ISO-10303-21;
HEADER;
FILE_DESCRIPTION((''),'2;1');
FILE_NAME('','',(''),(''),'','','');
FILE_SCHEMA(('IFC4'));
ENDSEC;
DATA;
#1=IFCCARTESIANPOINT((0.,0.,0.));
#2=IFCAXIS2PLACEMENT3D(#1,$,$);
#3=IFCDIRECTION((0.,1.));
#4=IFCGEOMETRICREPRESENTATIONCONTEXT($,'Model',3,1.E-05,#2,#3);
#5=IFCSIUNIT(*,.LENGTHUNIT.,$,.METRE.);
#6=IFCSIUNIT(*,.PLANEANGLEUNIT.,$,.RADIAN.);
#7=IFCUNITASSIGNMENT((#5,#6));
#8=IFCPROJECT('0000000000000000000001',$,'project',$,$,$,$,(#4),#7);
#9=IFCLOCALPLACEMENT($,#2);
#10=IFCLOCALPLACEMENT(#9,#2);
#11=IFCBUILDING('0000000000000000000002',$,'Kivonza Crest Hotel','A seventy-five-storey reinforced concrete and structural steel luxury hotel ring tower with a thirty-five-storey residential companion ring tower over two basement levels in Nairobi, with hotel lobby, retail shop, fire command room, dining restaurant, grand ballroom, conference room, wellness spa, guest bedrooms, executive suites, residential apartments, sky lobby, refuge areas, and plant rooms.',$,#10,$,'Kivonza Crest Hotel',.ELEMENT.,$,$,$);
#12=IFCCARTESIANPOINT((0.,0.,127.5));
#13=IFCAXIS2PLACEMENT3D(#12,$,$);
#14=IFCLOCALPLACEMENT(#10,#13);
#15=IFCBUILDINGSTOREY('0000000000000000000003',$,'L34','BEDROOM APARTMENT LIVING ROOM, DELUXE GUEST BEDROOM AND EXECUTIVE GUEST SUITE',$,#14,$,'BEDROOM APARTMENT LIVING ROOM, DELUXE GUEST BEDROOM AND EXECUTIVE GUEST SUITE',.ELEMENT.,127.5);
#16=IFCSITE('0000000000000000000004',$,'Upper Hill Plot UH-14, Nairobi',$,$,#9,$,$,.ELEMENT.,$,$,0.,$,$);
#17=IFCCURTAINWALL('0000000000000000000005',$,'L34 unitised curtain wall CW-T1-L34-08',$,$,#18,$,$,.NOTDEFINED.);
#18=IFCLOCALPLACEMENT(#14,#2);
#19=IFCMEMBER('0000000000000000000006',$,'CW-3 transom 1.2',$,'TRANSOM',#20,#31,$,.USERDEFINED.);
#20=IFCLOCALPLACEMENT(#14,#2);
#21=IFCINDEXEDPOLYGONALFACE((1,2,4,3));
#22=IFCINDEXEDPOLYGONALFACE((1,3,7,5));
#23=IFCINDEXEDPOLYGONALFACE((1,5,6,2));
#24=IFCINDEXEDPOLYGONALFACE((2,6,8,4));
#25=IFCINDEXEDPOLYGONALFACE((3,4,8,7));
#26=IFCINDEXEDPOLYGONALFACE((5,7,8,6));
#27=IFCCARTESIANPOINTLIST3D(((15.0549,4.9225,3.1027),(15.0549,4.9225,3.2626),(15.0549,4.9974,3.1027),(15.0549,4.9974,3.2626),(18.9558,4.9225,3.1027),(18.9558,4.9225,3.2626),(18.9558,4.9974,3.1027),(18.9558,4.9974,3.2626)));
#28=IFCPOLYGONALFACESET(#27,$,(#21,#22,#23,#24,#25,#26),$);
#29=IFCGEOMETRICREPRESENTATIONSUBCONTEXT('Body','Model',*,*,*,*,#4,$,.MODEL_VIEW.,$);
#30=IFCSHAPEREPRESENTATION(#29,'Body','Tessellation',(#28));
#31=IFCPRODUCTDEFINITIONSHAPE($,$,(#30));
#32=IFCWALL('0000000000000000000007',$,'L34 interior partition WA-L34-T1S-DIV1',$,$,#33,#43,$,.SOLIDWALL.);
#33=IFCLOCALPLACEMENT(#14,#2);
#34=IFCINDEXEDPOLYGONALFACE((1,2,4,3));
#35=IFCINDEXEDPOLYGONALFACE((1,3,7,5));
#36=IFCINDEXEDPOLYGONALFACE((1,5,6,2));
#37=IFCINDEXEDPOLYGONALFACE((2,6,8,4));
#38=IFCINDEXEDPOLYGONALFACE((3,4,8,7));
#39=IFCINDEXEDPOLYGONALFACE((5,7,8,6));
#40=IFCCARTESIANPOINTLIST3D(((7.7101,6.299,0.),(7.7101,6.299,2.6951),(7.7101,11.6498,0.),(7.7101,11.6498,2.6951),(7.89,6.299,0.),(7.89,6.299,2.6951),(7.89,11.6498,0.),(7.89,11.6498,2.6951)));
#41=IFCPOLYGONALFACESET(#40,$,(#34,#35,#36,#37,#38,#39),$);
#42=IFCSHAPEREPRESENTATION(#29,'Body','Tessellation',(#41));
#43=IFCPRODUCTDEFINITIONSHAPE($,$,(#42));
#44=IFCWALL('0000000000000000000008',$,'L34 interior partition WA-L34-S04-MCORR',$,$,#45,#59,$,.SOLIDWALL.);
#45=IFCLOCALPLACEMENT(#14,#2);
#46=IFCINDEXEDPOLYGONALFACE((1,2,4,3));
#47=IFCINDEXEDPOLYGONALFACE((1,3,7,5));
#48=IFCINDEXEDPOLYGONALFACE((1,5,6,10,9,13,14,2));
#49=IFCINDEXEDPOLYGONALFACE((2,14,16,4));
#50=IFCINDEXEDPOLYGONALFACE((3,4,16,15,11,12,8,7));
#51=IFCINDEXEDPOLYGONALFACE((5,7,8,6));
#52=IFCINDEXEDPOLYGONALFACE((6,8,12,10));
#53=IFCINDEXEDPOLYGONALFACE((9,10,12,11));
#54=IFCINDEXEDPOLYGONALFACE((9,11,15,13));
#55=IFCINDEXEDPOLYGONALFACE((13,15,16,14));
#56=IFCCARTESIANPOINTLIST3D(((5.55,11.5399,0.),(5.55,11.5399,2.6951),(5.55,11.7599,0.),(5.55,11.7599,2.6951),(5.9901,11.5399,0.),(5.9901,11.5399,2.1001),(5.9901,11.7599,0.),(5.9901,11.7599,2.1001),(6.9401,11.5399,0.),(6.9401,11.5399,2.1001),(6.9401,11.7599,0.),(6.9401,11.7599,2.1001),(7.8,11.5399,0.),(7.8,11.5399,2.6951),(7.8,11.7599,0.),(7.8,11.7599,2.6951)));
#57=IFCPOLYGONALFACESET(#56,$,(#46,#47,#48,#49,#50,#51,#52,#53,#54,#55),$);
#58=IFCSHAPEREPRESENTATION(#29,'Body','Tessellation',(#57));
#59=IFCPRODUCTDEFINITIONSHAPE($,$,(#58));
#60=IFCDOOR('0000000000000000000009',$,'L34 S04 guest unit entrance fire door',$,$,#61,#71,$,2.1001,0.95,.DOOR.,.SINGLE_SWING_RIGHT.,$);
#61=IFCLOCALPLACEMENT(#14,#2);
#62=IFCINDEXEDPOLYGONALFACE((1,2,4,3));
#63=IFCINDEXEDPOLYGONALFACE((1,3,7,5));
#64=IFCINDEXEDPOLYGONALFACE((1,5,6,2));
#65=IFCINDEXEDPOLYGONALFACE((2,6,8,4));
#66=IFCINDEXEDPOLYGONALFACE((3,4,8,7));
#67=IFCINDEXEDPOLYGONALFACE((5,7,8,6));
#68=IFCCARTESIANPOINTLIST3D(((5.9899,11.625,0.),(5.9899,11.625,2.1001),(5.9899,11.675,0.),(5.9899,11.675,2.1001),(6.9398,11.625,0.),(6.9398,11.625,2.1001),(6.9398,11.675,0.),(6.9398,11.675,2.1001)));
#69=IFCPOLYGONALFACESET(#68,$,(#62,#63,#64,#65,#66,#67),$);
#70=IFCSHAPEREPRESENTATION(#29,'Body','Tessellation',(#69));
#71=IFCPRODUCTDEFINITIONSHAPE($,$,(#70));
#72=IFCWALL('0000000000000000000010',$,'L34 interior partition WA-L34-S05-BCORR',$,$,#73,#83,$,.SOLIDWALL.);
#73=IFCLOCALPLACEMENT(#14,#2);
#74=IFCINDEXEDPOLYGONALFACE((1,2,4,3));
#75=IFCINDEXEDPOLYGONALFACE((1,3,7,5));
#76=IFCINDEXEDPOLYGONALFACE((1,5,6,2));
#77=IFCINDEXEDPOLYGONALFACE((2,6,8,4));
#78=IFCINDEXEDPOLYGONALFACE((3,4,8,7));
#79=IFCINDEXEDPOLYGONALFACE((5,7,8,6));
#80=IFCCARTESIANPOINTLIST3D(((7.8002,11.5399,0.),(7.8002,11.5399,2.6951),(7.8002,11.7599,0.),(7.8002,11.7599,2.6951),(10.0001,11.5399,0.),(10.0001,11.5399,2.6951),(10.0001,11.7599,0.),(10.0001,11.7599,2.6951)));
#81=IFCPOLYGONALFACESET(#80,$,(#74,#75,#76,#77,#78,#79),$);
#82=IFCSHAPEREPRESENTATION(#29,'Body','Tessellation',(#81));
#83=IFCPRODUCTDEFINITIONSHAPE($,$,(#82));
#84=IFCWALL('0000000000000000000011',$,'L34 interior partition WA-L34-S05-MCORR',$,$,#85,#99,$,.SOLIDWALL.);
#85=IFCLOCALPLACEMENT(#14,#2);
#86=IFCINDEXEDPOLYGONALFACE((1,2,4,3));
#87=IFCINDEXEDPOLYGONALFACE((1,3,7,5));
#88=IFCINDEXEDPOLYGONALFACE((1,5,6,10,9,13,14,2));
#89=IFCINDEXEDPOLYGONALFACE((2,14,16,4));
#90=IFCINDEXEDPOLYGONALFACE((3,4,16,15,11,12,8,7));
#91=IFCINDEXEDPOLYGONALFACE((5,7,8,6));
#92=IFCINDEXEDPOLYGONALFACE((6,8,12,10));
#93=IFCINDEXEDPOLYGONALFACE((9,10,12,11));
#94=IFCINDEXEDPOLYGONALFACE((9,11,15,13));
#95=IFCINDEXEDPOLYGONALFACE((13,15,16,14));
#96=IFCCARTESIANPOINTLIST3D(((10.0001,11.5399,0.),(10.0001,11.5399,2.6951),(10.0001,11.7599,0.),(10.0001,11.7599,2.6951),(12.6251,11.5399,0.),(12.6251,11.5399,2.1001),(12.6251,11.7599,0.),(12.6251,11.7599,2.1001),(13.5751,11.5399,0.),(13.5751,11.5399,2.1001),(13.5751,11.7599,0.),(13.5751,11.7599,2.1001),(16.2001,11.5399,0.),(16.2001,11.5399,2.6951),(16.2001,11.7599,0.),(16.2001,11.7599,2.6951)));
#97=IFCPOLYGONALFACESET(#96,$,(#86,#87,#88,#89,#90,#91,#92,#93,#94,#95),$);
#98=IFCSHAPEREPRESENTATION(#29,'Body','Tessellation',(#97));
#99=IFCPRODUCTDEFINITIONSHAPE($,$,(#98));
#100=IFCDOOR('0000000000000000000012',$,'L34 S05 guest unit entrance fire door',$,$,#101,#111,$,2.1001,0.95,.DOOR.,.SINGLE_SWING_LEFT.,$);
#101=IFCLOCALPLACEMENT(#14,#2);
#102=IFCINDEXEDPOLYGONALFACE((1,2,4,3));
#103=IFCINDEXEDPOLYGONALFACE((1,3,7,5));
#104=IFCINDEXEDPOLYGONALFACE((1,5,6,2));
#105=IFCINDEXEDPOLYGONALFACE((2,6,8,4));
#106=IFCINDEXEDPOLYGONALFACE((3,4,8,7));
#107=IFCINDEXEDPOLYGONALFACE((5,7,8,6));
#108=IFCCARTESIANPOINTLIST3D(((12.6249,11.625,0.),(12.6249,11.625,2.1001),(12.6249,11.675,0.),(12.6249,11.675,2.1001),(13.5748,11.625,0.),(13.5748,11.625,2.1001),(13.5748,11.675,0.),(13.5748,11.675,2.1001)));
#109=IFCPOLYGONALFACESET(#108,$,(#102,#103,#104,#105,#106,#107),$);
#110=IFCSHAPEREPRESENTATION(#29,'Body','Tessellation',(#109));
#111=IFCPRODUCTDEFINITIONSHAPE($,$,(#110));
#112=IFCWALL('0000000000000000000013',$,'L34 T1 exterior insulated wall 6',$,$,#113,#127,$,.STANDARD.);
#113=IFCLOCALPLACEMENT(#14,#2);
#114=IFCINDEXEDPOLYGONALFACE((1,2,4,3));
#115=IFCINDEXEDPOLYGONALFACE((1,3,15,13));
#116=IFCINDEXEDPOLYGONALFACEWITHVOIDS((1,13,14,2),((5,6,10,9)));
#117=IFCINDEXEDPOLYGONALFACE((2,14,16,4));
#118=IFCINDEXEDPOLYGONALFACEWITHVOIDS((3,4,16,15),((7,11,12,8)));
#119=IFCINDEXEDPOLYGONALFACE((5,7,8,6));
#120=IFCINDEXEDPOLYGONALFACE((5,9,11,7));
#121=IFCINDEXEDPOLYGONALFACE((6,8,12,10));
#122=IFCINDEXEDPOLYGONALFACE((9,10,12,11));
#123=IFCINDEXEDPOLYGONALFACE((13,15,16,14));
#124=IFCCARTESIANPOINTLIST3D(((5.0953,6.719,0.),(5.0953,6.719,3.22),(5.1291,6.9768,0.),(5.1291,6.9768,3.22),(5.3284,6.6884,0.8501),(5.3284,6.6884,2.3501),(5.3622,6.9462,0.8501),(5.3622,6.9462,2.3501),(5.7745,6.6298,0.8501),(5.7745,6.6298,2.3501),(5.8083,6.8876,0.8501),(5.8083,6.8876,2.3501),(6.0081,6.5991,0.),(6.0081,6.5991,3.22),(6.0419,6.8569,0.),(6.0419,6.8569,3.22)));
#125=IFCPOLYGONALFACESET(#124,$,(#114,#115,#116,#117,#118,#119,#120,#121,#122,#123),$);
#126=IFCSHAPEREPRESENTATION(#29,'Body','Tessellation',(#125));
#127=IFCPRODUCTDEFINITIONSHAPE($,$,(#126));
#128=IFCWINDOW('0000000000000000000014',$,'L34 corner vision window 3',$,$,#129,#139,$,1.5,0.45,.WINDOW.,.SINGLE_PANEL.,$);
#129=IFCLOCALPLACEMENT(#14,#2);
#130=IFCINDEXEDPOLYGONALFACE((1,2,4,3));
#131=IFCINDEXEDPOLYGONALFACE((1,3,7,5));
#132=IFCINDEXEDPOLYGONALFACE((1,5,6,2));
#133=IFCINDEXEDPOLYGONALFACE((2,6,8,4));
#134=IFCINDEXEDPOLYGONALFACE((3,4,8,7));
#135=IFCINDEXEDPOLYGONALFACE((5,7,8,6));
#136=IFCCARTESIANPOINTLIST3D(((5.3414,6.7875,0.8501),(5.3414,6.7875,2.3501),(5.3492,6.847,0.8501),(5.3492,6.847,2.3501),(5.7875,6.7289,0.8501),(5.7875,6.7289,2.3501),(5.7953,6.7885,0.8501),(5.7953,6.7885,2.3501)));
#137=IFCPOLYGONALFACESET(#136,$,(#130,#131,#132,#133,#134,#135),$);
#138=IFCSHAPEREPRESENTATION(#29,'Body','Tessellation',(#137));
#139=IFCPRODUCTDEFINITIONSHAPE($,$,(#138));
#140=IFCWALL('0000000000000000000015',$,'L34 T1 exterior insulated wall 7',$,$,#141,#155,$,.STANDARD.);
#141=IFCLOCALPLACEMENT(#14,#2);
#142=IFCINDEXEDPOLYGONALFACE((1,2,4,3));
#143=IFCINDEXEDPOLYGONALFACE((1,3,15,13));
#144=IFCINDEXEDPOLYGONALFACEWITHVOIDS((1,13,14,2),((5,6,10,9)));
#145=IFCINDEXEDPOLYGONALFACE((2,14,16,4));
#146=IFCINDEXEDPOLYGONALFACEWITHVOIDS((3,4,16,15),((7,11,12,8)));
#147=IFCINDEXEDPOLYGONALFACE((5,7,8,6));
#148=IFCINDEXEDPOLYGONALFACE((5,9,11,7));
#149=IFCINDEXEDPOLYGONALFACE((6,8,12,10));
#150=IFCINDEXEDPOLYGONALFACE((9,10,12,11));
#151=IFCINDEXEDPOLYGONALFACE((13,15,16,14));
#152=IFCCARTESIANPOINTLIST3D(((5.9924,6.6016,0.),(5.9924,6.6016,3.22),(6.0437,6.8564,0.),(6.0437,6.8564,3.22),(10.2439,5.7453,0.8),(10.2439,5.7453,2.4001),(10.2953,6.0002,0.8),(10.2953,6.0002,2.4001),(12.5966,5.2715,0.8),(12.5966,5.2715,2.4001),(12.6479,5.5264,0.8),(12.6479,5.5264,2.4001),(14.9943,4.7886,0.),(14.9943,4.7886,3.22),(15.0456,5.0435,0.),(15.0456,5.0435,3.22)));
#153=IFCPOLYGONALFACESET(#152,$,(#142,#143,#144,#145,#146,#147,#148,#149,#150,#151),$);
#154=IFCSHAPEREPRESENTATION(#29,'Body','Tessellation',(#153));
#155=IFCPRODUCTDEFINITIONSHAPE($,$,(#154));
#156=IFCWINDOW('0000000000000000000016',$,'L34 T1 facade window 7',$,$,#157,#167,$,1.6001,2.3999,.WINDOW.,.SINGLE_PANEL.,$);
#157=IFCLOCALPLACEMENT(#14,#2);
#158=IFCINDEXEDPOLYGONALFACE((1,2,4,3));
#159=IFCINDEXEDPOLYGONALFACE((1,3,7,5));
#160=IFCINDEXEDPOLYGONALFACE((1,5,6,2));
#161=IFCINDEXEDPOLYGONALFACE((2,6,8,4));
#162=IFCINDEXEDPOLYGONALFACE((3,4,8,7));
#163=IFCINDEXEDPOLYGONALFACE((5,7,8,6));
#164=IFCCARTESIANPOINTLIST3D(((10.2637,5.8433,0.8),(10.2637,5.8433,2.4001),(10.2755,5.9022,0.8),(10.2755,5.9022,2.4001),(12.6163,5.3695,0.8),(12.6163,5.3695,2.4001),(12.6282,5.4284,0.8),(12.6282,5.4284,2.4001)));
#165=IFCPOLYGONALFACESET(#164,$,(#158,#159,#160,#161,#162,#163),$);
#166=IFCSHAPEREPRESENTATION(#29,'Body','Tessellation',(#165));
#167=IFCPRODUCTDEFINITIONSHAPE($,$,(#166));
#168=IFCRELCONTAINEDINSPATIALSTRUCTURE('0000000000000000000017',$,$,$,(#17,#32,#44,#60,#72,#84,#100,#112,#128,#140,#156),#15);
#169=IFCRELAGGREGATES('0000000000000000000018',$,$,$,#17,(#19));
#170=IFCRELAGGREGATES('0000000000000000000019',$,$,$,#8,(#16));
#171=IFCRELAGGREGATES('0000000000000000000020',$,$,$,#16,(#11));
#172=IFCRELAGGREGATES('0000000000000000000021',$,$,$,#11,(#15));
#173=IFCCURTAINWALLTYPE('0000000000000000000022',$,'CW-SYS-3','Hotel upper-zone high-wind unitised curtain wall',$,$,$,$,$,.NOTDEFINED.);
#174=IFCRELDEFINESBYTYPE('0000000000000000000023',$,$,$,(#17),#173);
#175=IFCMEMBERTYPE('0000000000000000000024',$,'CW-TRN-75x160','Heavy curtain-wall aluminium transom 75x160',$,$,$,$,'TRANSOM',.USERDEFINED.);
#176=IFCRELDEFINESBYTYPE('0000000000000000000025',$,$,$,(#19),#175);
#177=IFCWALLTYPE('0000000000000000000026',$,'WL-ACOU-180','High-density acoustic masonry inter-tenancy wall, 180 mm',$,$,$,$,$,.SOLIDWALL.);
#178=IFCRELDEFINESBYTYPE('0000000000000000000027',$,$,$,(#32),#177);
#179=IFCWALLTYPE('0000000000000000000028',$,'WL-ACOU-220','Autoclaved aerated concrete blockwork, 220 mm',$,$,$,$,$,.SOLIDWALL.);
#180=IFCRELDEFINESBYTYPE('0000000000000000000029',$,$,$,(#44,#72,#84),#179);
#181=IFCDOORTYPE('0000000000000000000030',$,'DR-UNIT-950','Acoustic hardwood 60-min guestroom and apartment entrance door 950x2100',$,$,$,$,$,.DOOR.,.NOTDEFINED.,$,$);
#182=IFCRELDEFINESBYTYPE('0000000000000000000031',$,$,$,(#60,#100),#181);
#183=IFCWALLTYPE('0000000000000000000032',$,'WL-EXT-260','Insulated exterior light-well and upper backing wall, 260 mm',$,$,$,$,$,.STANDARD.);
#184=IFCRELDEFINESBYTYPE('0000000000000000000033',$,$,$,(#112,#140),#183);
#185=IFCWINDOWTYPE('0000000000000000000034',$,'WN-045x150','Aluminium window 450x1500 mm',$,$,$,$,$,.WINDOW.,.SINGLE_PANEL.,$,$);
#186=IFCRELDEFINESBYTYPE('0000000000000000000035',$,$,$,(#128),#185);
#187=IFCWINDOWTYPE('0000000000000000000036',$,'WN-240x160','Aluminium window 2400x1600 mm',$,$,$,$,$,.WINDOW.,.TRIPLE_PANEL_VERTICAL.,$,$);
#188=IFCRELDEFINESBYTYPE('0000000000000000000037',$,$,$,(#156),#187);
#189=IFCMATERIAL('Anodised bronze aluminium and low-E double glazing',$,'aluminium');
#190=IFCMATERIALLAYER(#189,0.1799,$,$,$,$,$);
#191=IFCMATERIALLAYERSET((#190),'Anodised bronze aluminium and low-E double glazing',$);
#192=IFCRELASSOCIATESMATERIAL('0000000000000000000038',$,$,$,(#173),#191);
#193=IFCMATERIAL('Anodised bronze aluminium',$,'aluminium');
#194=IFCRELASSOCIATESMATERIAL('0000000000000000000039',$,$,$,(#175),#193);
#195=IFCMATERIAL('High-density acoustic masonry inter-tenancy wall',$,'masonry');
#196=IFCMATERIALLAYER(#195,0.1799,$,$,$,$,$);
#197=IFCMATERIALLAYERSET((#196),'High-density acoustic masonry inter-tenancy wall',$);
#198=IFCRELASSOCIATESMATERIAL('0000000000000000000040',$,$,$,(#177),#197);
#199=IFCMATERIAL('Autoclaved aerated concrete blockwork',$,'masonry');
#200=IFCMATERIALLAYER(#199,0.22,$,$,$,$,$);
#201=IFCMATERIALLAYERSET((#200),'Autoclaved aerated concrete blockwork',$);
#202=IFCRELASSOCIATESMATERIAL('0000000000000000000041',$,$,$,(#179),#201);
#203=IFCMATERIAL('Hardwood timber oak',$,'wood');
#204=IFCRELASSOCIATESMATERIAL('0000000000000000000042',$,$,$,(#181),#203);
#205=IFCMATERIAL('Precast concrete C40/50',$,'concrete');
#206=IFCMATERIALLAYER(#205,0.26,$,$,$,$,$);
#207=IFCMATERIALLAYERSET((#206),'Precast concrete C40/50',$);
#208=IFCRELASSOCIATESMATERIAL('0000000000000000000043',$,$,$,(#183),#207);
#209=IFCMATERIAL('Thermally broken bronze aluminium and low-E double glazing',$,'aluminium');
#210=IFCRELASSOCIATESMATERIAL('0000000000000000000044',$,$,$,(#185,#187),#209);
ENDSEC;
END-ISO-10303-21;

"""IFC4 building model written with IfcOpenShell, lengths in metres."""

from ifc_helpers import new_model, si_unit, direction, frame, frame_2d, origin, origin_2d, place, context, subcontext, project, spatial, rectangle, extrude, material, layer, layer_set, material_profile, profile_set, type_object, element, fill, aggregate, save


model = new_model("IFC4")

# Units and contexts
model_context = context("Model", 3, precision=1e-05, world=origin(), true_north=direction((0.0, 1.0)))
body_context = subcontext(model_context, "Body", "Model", "MODEL_VIEW")
ifc_project = project(units=[si_unit("LENGTHUNIT", "METRE"), si_unit("PLANEANGLEUNIT", "RADIAN")], contexts=[model_context])

# Site, building, storey
site_placement = place(None, origin())
site = spatial("IfcSite", under=ifc_project, at=site_placement, Name="Upper Hill Plot UH-14, Nairobi", CompositionType="ELEMENT", RefElevation=0.0)
building_placement = place(site_placement, origin())
building = spatial("IfcBuilding", under=site, at=building_placement, Name="Kivonza Crest Hotel", Description="A seventy-five-storey reinforced concrete and structural steel luxury hotel ring tower with a thirty-five-storey residential companion ring tower over two basement levels in Nairobi, with hotel lobby, retail shop, fire command room, dining restaurant, grand ballroom, conference room, wellness spa, guest bedrooms, executive suites, residential apartments, sky lobby, refuge areas, and plant rooms.", LongName="Kivonza Crest Hotel", CompositionType="ELEMENT")
storey_placement = place(building_placement, frame((0.0, 0.0, 127.5)))
storey = spatial("IfcBuildingStorey", under=building, at=storey_placement, Name="L34", Description="BEDROOM APARTMENT LIVING ROOM, DELUXE GUEST BEDROOM AND EXECUTIVE GUEST SUITE", LongName="BEDROOM APARTMENT LIVING ROOM, DELUXE GUEST BEDROOM AND EXECUTIVE GUEST SUITE", CompositionType="ELEMENT", Elevation=127.5)

# Curtain wall, member
ifc_material_1 = material(Name="Anodised bronze aluminium and low-E double glazing", Category="aluminium")
ifc_layer_1 = layer(ifc_material_1, 0.1799)
ifc_layer_set_1 = layer_set([ifc_layer_1], Name="Anodised bronze aluminium and low-E double glazing")
curtain_wall_type = type_object("IfcCurtainWallType", Name="CW-SYS-3", Description="Hotel upper-zone high-wind unitised curtain wall", PredefinedType="NOTDEFINED", material=ifc_layer_set_1)
curtain_wall_placement = place(storey_placement, origin())
curtain_wall = element("IfcCurtainWall", 1, at=curtain_wall_placement, inside=storey, type_object=curtain_wall_type, Name="L34 unitised curtain wall CW-T1-L34-08", PredefinedType="NOTDEFINED")
ifc_material_2 = material(Name="Anodised bronze aluminium", Category="aluminium")
ifc_material_profile_1 = material_profile(ifc_material_2, rectangle(XDim=0.075, YDim=0.1599, at=origin_2d()), Name="CW-T 75x160")
ifc_profile_set_1 = profile_set([ifc_material_profile_1], Name="Anodised bronze aluminium")
member_type_1 = type_object("IfcMemberType", Name="CW-TRN-75x160", Description="Heavy curtain-wall aluminium transom 75x160", ElementType="TRANSOM", PredefinedType="USERDEFINED", material=ifc_profile_set_1)
member_1_placement = place(storey_placement, frame((15.0549, 4.96, 3.1826), z_axis=(1.0, 0.0, 0.0), x_axis=(0.0, 1.0, 0.0)))
member_1 = element("IfcMember", 2, at=member_1_placement, type_object=member_type_1, Name="CW-3 transom 1.2", ObjectType="TRANSOM", PredefinedType="USERDEFINED", context=body_context, shape_type="SweptSolid", body=[
    extrude(rectangle(XDim=0.075, YDim=0.1599, at=origin_2d()), origin(), (0.0, 0.0, 1.0), 3.9009),
])
aggregate(curtain_wall, [member_1])

# Wall
ifc_material_3 = material(Name="High-density acoustic masonry inter-tenancy wall", Category="masonry")
ifc_layer_2 = layer(ifc_material_3, 0.1799)
ifc_layer_set_2 = layer_set([ifc_layer_2], Name="High-density acoustic masonry inter-tenancy wall")
wall_type_1 = type_object("IfcWallType", Name="WL-ACOU-180", Description="High-density acoustic masonry inter-tenancy wall, 180 mm", PredefinedType="SOLIDWALL", material=ifc_layer_set_2)
wall_1_placement = place(storey_placement, frame((7.8, 6.2991, 0.0), z_axis=(0.0, 0.0, 1.0), x_axis=(0.0, 1.0, 0.0)))
element("IfcWall", 3, at=wall_1_placement, inside=storey, type_object=wall_type_1, Name="L34 interior partition WA-L34-T1S-DIV1", PredefinedType="SOLIDWALL", context=body_context, shape_type="SweptSolid", body=[
    extrude(rectangle(XDim=5.3508, YDim=0.1799, at=frame_2d((2.6753, 0.0))), origin(), (0.0, 0.0, 1.0), 2.6951),
])

# Wall, opening, door
ifc_material_4 = material(Name="Autoclaved aerated concrete blockwork", Category="masonry")
ifc_layer_3 = layer(ifc_material_4, 0.22)
ifc_layer_set_3 = layer_set([ifc_layer_3], Name="Autoclaved aerated concrete blockwork")
wall_type_2 = type_object("IfcWallType", Name="WL-ACOU-220", Description="Autoclaved aerated concrete blockwork, 220 mm", PredefinedType="SOLIDWALL", material=ifc_layer_set_3)
wall_2_placement = place(storey_placement, frame((5.55, 11.6499, 0.0), z_axis=(0.0, 0.0, 1.0), x_axis=(1.0, 0.0, 0.0)))
wall_2 = element("IfcWall", 4, at=wall_2_placement, inside=storey, type_object=wall_type_2, Name="L34 interior partition WA-L34-S04-MCORR", PredefinedType="SOLIDWALL", context=body_context, shape_type="SweptSolid", body=[
    extrude(rectangle(XDim=2.25, YDim=0.22, at=frame_2d((1.125, 0.0))), origin(), (0.0, 0.0, 1.0), 2.6951),
])
opening_1_placement = place(wall_2_placement, frame((0.4399, 0.0, 0.0)))
opening_1 = element("IfcOpeningElement", 5, at=opening_1_placement, cuts=wall_2, PredefinedType="OPENING", context=body_context, shape_type="SweptSolid", body=[
    extrude(rectangle(XDim=0.95, YDim=2.1001, at=frame_2d((0.4751, 1.05))), frame((0.0, 0.1201, 0.0), z_axis=(0.0, -1.0, 0.0), x_axis=(1.0, 0.0, 0.0)), (0.0, 0.0, 1.0), 0.24),
])
ifc_material_5 = material(Name="Hardwood timber oak", Category="wood")
door_type_1 = type_object("IfcDoorType", Name="DR-UNIT-950", Description="Acoustic hardwood 60-min guestroom and apartment entrance door 950x2100", OperationType="NOTDEFINED", PredefinedType="DOOR", material=ifc_material_5)
door_1_placement = place(opening_1_placement, frame((0.95, 0.0, 0.0), z_axis=(0.0, 0.0, 1.0), x_axis=(-1.0, 0.0, 0.0)))
door_1 = element("IfcDoor", 6, at=door_1_placement, inside=storey, type_object=door_type_1, Name="L34 S04 guest unit entrance fire door", OperationType="SINGLE_SWING_RIGHT", OverallHeight=2.1001, OverallWidth=0.95, PredefinedType="DOOR", context=body_context, shape_type="SweptSolid", body=[
    extrude(rectangle(XDim=0.95, YDim=2.1001, at=frame_2d((0.4751, 1.05))), frame((0.0, 0.0249, 0.0), z_axis=(0.0, -1.0, 0.0), x_axis=(1.0, 0.0, 0.0)), (0.0, 0.0, 1.0), 0.05),
])
fill(opening_1, door_1)

# Wall
wall_3_placement = place(storey_placement, frame((7.8, 11.6499, 0.0), z_axis=(0.0, 0.0, 1.0), x_axis=(1.0, 0.0, 0.0)))
element("IfcWall", 7, at=wall_3_placement, inside=storey, type_object=wall_type_2, Name="L34 interior partition WA-L34-S05-BCORR", PredefinedType="SOLIDWALL", context=body_context, shape_type="SweptSolid", body=[
    extrude(rectangle(XDim=2.2, YDim=0.22, at=frame_2d((1.1001, 0.0))), origin(), (0.0, 0.0, 1.0), 2.6951),
])

# Wall, opening, door
wall_4_placement = place(storey_placement, frame((10.0, 11.6499, 0.0), z_axis=(0.0, 0.0, 1.0), x_axis=(1.0, 0.0, 0.0)))
wall_4 = element("IfcWall", 8, at=wall_4_placement, inside=storey, type_object=wall_type_2, Name="L34 interior partition WA-L34-S05-MCORR", PredefinedType="SOLIDWALL", context=body_context, shape_type="SweptSolid", body=[
    extrude(rectangle(XDim=6.2, YDim=0.22, at=frame_2d((3.1001, 0.0))), origin(), (0.0, 0.0, 1.0), 2.6951),
])
opening_2_placement = place(wall_4_placement, frame((2.625, 0.0, 0.0)))
opening_2 = element("IfcOpeningElement", 9, at=opening_2_placement, cuts=wall_4, PredefinedType="OPENING", context=body_context, shape_type="SweptSolid", body=[
    extrude(rectangle(XDim=0.95, YDim=2.1001, at=frame_2d((0.4751, 1.05))), frame((0.0, 0.1201, 0.0), z_axis=(0.0, -1.0, 0.0), x_axis=(1.0, 0.0, 0.0)), (0.0, 0.0, 1.0), 0.24),
])
door_2_placement = place(opening_2_placement, frame((0.95, 0.0, 0.0), z_axis=(0.0, 0.0, 1.0), x_axis=(-1.0, 0.0, 0.0)))
door_2 = element("IfcDoor", 10, at=door_2_placement, inside=storey, type_object=door_type_1, Name="L34 S05 guest unit entrance fire door", OperationType="SINGLE_SWING_LEFT", OverallHeight=2.1001, OverallWidth=0.95, PredefinedType="DOOR", context=body_context, shape_type="SweptSolid", body=[
    extrude(rectangle(XDim=0.95, YDim=2.1001, at=frame_2d((0.4751, 1.05))), frame((0.0, 0.0249, 0.0), z_axis=(0.0, -1.0, 0.0), x_axis=(1.0, 0.0, 0.0)), (0.0, 0.0, 1.0), 0.05),
])
fill(opening_2, door_2)

# Walls, openings, windows
ifc_material_6 = material(Name="Precast concrete C40/50", Category="concrete")
ifc_layer_4 = layer(ifc_material_6, 0.26)
ifc_layer_set_4 = layer_set([ifc_layer_4], Name="Precast concrete C40/50")
wall_type_3 = type_object("IfcWallType", Name="WL-EXT-260", Description="Insulated exterior light-well and upper backing wall, 260 mm", PredefinedType="STANDARD", material=ifc_layer_set_4)
wall_5_placement = place(storey_placement, frame((5.1121, 6.8479, 0.0), z_axis=(0.0, 0.0, 1.0), x_axis=(0.991488, -0.130201, 0.0)))
wall_5 = element("IfcWall", 11, at=wall_5_placement, inside=storey, type_object=wall_type_3, Name="L34 T1 exterior insulated wall 6", PredefinedType="STANDARD", context=body_context, shape_type="SweptSolid", body=[
    extrude(rectangle(XDim=0.9207, YDim=0.26, at=frame_2d((0.4604, 0.0))), origin(), (0.0, 0.0, 1.0), 3.22),
])
opening_3_placement = place(wall_5_placement, frame((0.2351, 0.0, 0.8501)))
opening_3 = element("IfcOpeningElement", 12, at=opening_3_placement, cuts=wall_5, PredefinedType="OPENING", context=body_context, shape_type="SweptSolid", body=[
    extrude(rectangle(XDim=0.45, YDim=1.5, at=frame_2d((0.2251, 0.75))), frame((0.0, 0.1401, 0.0), z_axis=(0.0, -1.0, 0.0), x_axis=(1.0, 0.0, 0.0)), (0.0, 0.0, 1.0), 0.28),
])
ifc_material_7 = material(Name="Thermally broken bronze aluminium and low-E double glazing", Category="aluminium")
window_type_1 = type_object("IfcWindowType", Name="WN-045x150", Description="Aluminium window 450x1500 mm", PartitioningType="SINGLE_PANEL", PredefinedType="WINDOW", material=ifc_material_7)
window_1_placement = place(opening_3_placement, origin())
window_1 = element("IfcWindow", 13, at=window_1_placement, inside=storey, type_object=window_type_1, Name="L34 corner vision window 3", OverallHeight=1.5, OverallWidth=0.45, PartitioningType="SINGLE_PANEL", PredefinedType="WINDOW", context=body_context, shape_type="SweptSolid", body=[
    extrude(rectangle(XDim=0.45, YDim=1.5, at=frame_2d((0.2251, 0.75))), frame((0.0, 0.03, 0.0), z_axis=(0.0, -1.0, 0.0), x_axis=(1.0, 0.0, 0.0)), (0.0, 0.0, 1.0), 0.0601),
])
fill(opening_3, window_1)
wall_6_placement = place(storey_placement, frame((6.0181, 6.729, 0.0), z_axis=(0.0, 0.0, 1.0), x_axis=(0.980316, -0.197435, 0.0)))
wall_6 = element("IfcWall", 14, at=wall_6_placement, inside=storey, type_object=wall_type_3, Name="L34 T1 exterior insulated wall 7", PredefinedType="STANDARD", context=body_context, shape_type="SweptSolid", body=[
    extrude(rectangle(XDim=9.1826, YDim=0.26, at=frame_2d((4.5913, 0.0))), origin(), (0.0, 0.0, 1.0), 3.22),
])
opening_4_placement = place(wall_6_placement, frame((4.3369, 0.0, 0.8)))
opening_4 = element("IfcOpeningElement", 15, at=opening_4_placement, cuts=wall_6, PredefinedType="OPENING", context=body_context, shape_type="SweptSolid", body=[
    extrude(rectangle(XDim=2.3999, YDim=1.6001, at=frame_2d((1.2, 0.8))), frame((0.0, 0.1401, 0.0), z_axis=(0.0, -1.0, 0.0), x_axis=(1.0, 0.0, 0.0)), (0.0, 0.0, 1.0), 0.28),
])
window_type_2 = type_object("IfcWindowType", Name="WN-240x160", Description="Aluminium window 2400x1600 mm", PartitioningType="TRIPLE_PANEL_VERTICAL", PredefinedType="WINDOW", material=ifc_material_7)
window_2_placement = place(opening_4_placement, origin())
window_2 = element("IfcWindow", 16, at=window_2_placement, inside=storey, type_object=window_type_2, Name="L34 T1 facade window 7", OverallHeight=1.6001, OverallWidth=2.3999, PartitioningType="SINGLE_PANEL", PredefinedType="WINDOW", context=body_context, shape_type="SweptSolid", body=[
    extrude(rectangle(XDim=2.3999, YDim=1.6001, at=frame_2d((1.2, 0.8))), frame((0.0, 0.03, 0.0), z_axis=(0.0, -1.0, 0.0), x_axis=(1.0, 0.0, 0.0)), (0.0, 0.0, 1.0), 0.0601),
])
fill(opening_4, window_2)

save(model, "model.ifc")
